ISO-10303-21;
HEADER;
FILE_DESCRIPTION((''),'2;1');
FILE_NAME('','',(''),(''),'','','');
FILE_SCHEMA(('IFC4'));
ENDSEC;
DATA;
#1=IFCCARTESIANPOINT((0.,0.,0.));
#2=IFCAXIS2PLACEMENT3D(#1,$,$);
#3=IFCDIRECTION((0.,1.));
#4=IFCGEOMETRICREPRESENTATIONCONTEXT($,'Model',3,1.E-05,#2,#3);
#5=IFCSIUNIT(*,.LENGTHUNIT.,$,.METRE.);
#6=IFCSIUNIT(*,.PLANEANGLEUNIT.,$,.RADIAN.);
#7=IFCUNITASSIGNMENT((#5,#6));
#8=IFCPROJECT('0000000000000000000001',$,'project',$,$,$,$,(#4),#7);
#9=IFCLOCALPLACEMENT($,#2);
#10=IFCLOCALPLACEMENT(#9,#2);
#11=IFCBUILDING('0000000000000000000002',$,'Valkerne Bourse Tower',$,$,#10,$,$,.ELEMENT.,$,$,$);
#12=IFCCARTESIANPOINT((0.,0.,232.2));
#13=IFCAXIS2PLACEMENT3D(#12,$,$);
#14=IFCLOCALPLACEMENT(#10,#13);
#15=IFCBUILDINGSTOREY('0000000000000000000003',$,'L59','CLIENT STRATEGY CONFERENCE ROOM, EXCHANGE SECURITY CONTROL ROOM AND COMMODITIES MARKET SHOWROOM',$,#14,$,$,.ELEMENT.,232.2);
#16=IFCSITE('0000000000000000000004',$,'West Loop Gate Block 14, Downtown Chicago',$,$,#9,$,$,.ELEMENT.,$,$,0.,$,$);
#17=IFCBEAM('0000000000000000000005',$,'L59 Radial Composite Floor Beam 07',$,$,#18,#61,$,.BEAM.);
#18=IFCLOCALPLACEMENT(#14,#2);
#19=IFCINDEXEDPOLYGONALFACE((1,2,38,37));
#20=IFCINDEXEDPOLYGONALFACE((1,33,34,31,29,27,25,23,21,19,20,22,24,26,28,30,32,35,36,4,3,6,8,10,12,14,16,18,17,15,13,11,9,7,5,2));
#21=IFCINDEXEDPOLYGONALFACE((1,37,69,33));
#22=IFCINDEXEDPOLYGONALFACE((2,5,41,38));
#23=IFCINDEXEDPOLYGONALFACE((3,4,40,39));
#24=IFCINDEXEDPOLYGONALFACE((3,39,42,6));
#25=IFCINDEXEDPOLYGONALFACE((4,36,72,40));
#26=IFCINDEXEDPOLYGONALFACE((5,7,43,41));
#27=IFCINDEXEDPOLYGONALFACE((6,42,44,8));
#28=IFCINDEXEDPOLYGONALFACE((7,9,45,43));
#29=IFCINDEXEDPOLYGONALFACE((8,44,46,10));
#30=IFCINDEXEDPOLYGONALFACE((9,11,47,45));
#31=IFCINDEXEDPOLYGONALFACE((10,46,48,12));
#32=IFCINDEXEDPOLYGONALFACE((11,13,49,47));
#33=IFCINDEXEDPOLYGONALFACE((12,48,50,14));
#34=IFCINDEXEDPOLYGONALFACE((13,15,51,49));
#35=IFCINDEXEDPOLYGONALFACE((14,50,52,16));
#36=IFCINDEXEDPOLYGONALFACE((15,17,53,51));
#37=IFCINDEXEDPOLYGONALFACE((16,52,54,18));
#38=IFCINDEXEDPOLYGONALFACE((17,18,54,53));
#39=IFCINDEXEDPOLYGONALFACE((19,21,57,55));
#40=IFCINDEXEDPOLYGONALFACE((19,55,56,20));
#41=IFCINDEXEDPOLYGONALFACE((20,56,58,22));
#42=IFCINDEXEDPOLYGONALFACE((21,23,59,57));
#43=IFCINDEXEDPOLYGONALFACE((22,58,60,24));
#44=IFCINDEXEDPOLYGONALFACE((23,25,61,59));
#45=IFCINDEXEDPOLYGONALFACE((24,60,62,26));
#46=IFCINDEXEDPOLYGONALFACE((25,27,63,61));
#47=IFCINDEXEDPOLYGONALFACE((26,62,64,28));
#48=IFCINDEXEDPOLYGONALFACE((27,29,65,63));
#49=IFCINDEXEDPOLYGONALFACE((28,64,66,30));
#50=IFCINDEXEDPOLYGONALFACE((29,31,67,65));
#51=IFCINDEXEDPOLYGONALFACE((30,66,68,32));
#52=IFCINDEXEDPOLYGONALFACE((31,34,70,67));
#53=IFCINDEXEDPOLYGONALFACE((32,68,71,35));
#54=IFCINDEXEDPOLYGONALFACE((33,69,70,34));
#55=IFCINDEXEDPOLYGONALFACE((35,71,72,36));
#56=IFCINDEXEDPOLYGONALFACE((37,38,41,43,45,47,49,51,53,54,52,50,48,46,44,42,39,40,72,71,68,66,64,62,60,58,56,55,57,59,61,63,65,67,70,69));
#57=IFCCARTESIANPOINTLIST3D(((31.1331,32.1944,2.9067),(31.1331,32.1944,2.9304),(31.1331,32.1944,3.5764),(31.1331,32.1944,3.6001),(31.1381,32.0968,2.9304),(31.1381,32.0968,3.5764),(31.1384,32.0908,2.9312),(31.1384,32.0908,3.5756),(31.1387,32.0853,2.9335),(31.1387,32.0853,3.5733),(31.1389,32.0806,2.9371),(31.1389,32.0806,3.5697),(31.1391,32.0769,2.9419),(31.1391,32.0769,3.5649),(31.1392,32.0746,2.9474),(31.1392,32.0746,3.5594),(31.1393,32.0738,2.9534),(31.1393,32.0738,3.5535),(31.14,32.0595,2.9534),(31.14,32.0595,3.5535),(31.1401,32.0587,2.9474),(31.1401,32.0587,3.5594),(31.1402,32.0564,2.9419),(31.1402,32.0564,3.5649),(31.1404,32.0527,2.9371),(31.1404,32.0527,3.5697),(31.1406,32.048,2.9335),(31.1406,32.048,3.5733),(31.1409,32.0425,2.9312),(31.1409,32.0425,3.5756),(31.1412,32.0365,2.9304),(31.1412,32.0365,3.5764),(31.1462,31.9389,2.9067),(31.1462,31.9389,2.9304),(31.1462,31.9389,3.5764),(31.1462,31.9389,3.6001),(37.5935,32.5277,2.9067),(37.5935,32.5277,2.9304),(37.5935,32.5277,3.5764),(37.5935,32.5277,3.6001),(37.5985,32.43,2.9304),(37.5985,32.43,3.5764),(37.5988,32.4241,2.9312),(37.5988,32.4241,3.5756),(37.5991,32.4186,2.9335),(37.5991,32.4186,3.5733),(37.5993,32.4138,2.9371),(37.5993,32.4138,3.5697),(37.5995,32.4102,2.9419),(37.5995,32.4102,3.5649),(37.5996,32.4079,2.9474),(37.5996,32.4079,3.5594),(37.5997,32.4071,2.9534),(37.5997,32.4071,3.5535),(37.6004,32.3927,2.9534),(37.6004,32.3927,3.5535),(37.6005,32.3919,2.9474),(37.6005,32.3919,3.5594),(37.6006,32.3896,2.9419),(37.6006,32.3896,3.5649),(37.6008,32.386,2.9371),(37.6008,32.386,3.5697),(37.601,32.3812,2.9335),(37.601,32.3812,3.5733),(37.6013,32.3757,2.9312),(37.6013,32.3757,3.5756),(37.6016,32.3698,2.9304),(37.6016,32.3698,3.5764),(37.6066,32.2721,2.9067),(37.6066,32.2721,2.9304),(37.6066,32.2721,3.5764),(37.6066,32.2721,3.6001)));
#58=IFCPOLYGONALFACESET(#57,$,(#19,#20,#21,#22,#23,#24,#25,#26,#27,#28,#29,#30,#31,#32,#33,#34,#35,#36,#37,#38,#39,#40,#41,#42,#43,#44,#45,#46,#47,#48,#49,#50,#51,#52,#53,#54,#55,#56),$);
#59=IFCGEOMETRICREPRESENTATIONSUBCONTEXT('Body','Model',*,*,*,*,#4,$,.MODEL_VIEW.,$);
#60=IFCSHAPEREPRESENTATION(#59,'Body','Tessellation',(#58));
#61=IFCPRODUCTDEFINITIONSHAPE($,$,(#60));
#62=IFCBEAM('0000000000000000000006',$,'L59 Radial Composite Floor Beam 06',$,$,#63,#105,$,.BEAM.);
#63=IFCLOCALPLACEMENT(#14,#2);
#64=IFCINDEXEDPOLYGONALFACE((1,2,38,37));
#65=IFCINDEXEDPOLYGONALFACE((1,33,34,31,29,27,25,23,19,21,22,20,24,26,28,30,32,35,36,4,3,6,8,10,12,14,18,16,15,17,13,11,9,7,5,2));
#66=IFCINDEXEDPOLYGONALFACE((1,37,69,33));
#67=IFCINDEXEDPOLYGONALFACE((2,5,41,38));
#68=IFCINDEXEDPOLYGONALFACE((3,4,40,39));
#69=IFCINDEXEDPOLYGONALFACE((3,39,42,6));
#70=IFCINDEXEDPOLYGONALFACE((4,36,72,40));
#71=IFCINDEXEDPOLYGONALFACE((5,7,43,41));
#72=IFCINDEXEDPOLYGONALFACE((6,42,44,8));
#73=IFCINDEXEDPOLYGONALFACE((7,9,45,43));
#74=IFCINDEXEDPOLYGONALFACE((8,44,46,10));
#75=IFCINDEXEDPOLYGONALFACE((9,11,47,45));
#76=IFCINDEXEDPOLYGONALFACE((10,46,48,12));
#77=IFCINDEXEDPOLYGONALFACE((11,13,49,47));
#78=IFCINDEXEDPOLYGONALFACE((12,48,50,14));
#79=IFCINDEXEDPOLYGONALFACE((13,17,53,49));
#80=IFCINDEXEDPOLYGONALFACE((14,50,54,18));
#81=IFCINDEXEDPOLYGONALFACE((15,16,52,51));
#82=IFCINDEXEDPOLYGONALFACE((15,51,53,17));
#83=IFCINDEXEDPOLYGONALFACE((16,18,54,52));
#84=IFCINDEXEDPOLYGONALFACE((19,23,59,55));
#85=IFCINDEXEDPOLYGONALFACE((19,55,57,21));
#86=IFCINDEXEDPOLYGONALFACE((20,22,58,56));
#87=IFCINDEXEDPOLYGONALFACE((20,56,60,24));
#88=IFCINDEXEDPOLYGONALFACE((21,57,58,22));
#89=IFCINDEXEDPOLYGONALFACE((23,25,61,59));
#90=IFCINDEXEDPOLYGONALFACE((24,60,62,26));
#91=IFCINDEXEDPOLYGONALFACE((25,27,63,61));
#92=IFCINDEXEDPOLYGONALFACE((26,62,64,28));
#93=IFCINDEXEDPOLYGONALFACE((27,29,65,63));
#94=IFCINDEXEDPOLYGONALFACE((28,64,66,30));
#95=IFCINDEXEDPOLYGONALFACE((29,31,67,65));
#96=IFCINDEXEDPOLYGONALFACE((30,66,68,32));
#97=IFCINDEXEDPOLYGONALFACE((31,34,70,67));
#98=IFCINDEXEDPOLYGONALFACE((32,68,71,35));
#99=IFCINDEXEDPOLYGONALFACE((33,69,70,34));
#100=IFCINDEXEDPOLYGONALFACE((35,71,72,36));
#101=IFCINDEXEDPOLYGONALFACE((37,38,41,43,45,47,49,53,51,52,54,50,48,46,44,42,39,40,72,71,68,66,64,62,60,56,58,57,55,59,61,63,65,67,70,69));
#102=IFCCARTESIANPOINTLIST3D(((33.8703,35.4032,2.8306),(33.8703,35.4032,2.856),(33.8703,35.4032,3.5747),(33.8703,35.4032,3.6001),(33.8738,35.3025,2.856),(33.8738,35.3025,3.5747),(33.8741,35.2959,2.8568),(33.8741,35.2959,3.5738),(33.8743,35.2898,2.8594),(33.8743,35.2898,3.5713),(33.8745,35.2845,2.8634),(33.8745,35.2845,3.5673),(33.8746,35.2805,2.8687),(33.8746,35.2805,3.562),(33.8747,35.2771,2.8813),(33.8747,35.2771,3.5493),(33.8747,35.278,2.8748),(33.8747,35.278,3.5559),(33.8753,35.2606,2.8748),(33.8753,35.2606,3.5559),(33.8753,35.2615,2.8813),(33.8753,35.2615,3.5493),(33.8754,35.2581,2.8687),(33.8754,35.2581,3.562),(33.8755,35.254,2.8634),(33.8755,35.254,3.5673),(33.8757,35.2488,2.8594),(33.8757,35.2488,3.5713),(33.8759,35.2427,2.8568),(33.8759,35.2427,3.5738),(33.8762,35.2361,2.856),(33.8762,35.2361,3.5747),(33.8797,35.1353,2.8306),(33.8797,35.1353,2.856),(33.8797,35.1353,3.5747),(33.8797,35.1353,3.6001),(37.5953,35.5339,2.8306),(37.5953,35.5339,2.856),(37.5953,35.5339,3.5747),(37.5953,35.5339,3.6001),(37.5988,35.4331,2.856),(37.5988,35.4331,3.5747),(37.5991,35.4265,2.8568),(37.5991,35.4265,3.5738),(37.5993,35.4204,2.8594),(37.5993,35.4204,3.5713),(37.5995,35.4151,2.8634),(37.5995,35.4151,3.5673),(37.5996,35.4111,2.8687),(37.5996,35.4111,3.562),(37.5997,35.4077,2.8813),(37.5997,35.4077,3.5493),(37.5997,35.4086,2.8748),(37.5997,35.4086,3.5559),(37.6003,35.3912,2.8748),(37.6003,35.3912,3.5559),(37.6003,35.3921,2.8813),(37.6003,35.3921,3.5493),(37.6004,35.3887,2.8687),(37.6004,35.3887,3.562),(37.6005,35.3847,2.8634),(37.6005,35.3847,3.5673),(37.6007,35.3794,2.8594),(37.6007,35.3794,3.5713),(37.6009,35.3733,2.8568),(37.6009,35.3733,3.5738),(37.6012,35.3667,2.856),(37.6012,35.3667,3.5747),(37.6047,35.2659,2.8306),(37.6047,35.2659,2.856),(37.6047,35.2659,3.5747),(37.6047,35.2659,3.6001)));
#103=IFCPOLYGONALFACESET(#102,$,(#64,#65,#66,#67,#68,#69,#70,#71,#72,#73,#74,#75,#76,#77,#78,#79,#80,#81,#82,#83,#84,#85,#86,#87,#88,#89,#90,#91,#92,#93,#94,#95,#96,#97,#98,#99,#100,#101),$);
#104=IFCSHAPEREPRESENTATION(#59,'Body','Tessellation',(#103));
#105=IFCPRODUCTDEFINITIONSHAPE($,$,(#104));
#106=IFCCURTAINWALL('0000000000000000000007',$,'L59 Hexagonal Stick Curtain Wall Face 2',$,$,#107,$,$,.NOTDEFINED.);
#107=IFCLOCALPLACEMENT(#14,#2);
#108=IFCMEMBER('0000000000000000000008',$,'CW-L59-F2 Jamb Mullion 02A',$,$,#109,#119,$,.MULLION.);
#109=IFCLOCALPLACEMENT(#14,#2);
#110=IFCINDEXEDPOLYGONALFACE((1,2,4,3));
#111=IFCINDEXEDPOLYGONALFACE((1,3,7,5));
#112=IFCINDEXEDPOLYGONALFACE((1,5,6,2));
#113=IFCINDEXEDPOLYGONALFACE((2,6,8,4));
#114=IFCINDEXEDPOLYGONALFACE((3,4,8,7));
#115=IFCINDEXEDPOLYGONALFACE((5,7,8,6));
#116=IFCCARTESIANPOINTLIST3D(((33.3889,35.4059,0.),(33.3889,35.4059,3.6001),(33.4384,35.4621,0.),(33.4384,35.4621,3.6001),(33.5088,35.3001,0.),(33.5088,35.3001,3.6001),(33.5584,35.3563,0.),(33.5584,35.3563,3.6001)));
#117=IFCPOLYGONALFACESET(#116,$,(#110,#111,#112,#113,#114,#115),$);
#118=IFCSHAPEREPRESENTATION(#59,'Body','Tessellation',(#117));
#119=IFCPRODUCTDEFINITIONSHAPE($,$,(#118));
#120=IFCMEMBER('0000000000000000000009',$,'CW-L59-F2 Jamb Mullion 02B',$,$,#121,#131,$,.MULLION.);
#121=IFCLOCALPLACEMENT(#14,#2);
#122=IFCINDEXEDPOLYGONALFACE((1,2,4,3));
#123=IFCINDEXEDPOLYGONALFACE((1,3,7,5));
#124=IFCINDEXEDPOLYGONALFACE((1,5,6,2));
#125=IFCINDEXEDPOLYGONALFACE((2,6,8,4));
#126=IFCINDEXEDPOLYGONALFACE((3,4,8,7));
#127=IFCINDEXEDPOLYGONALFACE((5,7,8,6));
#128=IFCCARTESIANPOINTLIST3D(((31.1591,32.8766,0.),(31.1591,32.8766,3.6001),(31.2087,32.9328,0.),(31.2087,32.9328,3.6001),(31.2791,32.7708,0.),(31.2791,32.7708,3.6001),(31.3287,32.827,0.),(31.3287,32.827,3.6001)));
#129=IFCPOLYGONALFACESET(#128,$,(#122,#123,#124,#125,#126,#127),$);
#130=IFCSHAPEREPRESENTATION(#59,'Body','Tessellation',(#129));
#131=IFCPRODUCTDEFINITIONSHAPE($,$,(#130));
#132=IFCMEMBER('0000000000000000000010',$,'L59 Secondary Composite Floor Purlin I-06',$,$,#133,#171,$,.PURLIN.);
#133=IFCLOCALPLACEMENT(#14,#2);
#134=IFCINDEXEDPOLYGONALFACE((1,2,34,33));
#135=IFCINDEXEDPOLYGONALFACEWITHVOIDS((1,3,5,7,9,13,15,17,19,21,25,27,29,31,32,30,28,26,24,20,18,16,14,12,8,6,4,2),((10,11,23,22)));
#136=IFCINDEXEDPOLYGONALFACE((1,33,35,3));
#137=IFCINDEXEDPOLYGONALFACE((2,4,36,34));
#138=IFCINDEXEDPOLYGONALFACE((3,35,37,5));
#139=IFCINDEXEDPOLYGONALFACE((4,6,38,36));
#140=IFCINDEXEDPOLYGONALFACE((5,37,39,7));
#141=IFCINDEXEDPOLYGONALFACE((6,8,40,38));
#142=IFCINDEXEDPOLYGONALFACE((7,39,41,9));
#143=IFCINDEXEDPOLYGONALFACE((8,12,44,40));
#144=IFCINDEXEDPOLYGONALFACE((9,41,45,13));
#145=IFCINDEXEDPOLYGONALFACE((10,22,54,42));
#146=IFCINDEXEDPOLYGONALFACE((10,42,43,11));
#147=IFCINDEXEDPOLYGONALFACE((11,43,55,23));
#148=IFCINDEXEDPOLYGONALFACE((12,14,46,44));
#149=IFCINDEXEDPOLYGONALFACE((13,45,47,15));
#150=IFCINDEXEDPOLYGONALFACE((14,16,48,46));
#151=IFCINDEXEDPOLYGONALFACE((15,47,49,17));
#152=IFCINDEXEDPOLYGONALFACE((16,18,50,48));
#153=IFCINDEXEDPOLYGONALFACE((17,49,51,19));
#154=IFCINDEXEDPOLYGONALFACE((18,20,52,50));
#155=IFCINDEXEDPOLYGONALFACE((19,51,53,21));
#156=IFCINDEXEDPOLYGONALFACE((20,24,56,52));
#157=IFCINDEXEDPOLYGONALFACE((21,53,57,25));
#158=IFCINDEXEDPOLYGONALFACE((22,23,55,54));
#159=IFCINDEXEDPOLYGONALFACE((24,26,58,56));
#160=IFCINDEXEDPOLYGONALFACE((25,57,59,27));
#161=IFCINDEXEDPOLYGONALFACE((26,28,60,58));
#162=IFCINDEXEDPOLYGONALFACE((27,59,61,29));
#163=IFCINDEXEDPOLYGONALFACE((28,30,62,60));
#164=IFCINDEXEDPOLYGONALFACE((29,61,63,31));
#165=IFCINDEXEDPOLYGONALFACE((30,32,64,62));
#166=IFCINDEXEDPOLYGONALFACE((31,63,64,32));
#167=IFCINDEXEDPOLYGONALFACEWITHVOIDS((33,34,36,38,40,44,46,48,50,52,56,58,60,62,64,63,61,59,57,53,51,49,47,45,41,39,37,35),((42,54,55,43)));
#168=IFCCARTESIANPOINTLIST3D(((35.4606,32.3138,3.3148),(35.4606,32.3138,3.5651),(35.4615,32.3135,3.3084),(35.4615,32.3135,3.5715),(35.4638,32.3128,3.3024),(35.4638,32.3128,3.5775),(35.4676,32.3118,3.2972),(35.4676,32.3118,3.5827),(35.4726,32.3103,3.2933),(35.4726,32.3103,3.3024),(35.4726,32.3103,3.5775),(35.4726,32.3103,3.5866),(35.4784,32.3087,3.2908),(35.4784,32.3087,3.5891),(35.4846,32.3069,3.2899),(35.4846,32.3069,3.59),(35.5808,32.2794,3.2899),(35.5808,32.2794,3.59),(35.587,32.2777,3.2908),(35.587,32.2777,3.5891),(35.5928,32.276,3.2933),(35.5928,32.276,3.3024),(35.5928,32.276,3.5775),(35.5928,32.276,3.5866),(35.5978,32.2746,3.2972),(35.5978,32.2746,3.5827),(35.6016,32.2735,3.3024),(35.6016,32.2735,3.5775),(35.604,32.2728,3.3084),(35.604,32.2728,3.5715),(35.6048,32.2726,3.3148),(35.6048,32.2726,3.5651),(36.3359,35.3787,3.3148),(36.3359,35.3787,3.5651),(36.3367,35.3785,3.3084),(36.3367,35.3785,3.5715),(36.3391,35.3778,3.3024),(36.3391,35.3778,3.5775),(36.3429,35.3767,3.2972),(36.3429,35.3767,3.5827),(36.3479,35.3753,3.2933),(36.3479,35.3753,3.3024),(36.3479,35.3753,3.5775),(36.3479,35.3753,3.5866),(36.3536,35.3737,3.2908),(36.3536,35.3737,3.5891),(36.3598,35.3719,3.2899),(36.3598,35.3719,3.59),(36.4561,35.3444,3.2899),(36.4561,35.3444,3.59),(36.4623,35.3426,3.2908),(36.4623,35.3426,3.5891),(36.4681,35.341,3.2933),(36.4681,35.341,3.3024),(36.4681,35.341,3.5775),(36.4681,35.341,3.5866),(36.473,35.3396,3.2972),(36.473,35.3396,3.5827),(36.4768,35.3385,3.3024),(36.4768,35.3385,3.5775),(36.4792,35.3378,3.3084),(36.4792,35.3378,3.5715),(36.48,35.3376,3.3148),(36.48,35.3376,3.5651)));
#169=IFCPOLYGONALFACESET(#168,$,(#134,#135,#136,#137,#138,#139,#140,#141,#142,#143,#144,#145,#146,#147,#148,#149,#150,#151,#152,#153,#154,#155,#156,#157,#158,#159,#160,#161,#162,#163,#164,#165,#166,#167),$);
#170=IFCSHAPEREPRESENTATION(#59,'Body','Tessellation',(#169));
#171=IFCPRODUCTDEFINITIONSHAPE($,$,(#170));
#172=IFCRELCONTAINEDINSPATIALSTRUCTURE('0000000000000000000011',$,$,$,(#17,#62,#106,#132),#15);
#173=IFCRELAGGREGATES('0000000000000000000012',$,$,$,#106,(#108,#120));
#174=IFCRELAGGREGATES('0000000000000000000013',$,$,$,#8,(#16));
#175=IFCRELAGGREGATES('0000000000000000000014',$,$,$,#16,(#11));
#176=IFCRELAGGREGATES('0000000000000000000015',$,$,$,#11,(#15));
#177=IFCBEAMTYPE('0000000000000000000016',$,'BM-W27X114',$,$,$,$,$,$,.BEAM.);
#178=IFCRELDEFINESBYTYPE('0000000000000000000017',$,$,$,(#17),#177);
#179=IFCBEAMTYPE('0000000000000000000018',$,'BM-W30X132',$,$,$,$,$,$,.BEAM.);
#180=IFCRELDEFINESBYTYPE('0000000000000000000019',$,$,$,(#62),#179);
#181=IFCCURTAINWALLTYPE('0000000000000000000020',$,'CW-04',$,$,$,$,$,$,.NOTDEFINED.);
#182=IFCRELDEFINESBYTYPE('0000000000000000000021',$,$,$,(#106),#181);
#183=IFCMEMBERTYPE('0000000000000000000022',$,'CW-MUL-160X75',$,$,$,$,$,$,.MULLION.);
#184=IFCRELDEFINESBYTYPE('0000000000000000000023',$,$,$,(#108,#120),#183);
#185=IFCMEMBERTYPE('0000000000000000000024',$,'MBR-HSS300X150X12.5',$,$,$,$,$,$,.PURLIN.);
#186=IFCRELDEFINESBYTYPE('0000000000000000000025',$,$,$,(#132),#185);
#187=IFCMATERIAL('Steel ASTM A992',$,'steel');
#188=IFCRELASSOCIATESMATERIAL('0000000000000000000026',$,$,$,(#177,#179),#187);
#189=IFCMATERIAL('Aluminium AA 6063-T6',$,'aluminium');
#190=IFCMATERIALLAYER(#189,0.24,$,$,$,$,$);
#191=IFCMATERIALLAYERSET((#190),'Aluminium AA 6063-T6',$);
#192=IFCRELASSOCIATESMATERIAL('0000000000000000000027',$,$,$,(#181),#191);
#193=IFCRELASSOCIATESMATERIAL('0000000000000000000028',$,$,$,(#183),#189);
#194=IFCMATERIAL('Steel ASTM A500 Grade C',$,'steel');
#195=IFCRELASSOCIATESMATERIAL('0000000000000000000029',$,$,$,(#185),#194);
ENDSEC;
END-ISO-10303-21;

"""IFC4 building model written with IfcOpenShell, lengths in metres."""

from ifc_helpers import new_model, si_unit, direction, frame, origin, origin_2d, place, context, subcontext, project, spatial, rectangle, hollow_rectangle, i_section, extrude, material, layer, layer_set, material_profile, profile_set, type_object, element, aggregate, save


model = new_model("IFC4")

# Units and contexts
model_context = context("Model", 3, precision=1e-05, world=origin(), true_north=direction((0.0, 1.0)))
body_context = subcontext(model_context, "Body", "Model", "MODEL_VIEW")
ifc_project = project(units=[si_unit("LENGTHUNIT", "METRE"), si_unit("PLANEANGLEUNIT", "RADIAN")], contexts=[model_context])

# Site, building, storey
site_placement = place(None, origin())
site = spatial("IfcSite", under=ifc_project, at=site_placement, Name="West Loop Gate Block 14, Downtown Chicago", CompositionType="ELEMENT", RefElevation=0.0)
building_placement = place(site_placement, origin())
building = spatial("IfcBuilding", under=site, at=building_placement, Name="Valkerne Bourse Tower", CompositionType="ELEMENT")
storey_placement = place(building_placement, frame((0.0, 0.0, 232.2)))
storey = spatial("IfcBuildingStorey", under=building, at=storey_placement, Name="L59", Description="CLIENT STRATEGY CONFERENCE ROOM, EXCHANGE SECURITY CONTROL ROOM AND COMMODITIES MARKET SHOWROOM", CompositionType="ELEMENT", Elevation=232.2)

# Beams
ifc_material_1 = material(Name="Steel ASTM A992", Category="steel")
ifc_material_profile_1 = material_profile(ifc_material_1, i_section(OverallWidth=0.2559, OverallDepth=0.6934, WebThickness=0.0144, FlangeThickness=0.0237, FilletRadius=0.0229, at=origin_2d()), Name="W27X114")
ifc_profile_set_1 = profile_set([ifc_material_profile_1], Name="Steel ASTM A992")
beam_type_1 = type_object("IfcBeamType", Name="BM-W27X114", PredefinedType="BEAM", material=ifc_profile_set_1)
beam_1_placement = place(storey_placement, frame((31.1396, 32.0667, 3.2534), z_axis=(0.998672, 0.051515, 0.0), x_axis=(-0.051515, 0.998672, 0.0)))
element("IfcBeam", 1, at=beam_1_placement, inside=storey, type_object=beam_type_1, Name="L59 Radial Composite Floor Beam 07", PredefinedType="BEAM", context=body_context, shape_type="SweptSolid", body=[
    extrude(i_section(OverallWidth=0.2559, OverallDepth=0.6934, WebThickness=0.0144, FlangeThickness=0.0237, FilletRadius=0.0229, at=origin_2d()), origin(), (0.0, 0.0, 1.0), 6.469),
])
ifc_material_profile_2 = material_profile(ifc_material_1, i_section(OverallWidth=0.2681, OverallDepth=0.7695, WebThickness=0.0156, FlangeThickness=0.0254, FilletRadius=0.0254, at=origin_2d()), Name="W30X132")
ifc_profile_set_2 = profile_set([ifc_material_profile_2], Name="Steel ASTM A992")
beam_type_2 = type_object("IfcBeamType", Name="BM-W30X132", PredefinedType="BEAM", material=ifc_profile_set_2)
beam_2_placement = place(storey_placement, frame((33.875, 35.2693, 3.2153), z_axis=(0.999386, 0.035042, 0.0), x_axis=(-0.035042, 0.999386, 0.0)))
element("IfcBeam", 2, at=beam_2_placement, inside=storey, type_object=beam_type_2, Name="L59 Radial Composite Floor Beam 06", PredefinedType="BEAM", context=body_context, shape_type="SweptSolid", body=[
    extrude(i_section(OverallWidth=0.2681, OverallDepth=0.7695, WebThickness=0.0156, FlangeThickness=0.0254, FilletRadius=0.0254, at=origin_2d()), origin(), (0.0, 0.0, 1.0), 3.7273),
])

# Curtain wall, members
ifc_material_2 = material(Name="Aluminium AA 6063-T6", Category="aluminium")
ifc_layer_1 = layer(ifc_material_2, 0.24)
ifc_layer_set_1 = layer_set([ifc_layer_1], Name="Aluminium AA 6063-T6")
curtain_wall_type = type_object("IfcCurtainWallType", Name="CW-04", PredefinedType="NOTDEFINED", material=ifc_layer_set_1)
curtain_wall_placement = place(storey_placement, origin())
curtain_wall = element("IfcCurtainWall", 3, at=curtain_wall_placement, inside=storey, type_object=curtain_wall_type, Name="L59 Hexagonal Stick Curtain Wall Face 2", PredefinedType="NOTDEFINED")
ifc_material_profile_3 = material_profile(ifc_material_2, rectangle(XDim=0.075, YDim=0.1599, at=origin_2d()), Name="CWM-75X160")
ifc_profile_set_3 = profile_set([ifc_material_profile_3], Name="Aluminium AA 6063-T6")
member_type_1 = type_object("IfcMemberType", Name="CW-MUL-160X75", PredefinedType="MULLION", material=ifc_profile_set_3)
member_1_placement = place(storey_placement, frame((33.4736, 35.3811, 0.0), z_axis=(0.0, 0.0, 1.0), x_axis=(-0.661302, -0.75012, 0.0)))
member_1 = element("IfcMember", 4, at=member_1_placement, type_object=member_type_1, Name="CW-L59-F2 Jamb Mullion 02A", PredefinedType="MULLION", context=body_context, shape_type="SweptSolid", body=[
    extrude(rectangle(XDim=0.075, YDim=0.1599, at=origin_2d()), origin(), (0.0, 0.0, 1.0), 3.6001),
])
member_2_placement = place(storey_placement, frame((31.2439, 32.8518, 0.0), z_axis=(0.0, 0.0, 1.0), x_axis=(-0.661302, -0.75012, 0.0)))
member_2 = element("IfcMember", 5, at=member_2_placement, type_object=member_type_1, Name="CW-L59-F2 Jamb Mullion 02B", PredefinedType="MULLION", context=body_context, shape_type="SweptSolid", body=[
    extrude(rectangle(XDim=0.075, YDim=0.1599, at=origin_2d()), origin(), (0.0, 0.0, 1.0), 3.6001),
])

# Member
ifc_material_3 = material(Name="Steel ASTM A500 Grade C", Category="steel")
ifc_material_profile_4 = material_profile(ifc_material_3, hollow_rectangle(XDim=0.1499, YDim=0.3, WallThickness=0.0125, OuterFilletRadius=0.0249, at=origin_2d()), Name="HSS300X150X12.5")
ifc_profile_set_4 = profile_set([ifc_material_profile_4], Name="Steel ASTM A500 Grade C")
member_type_2 = type_object("IfcMemberType", Name="MBR-HSS300X150X12.5", PredefinedType="PURLIN", material=ifc_profile_set_4)
member_3_placement = place(storey_placement, frame((36.408, 35.3582, 3.4399), z_axis=(-0.27459, -0.961562, 0.0), x_axis=(0.961562, -0.27459, 0.0)))
element("IfcMember", 6, at=member_3_placement, inside=storey, type_object=member_type_2, Name="L59 Secondary Composite Floor Purlin I-06", PredefinedType="PURLIN", context=body_context, shape_type="SweptSolid", body=[
    extrude(hollow_rectangle(XDim=0.1499, YDim=0.3, WallThickness=0.0125, OuterFilletRadius=0.0249, at=origin_2d()), origin(), (0.0, 0.0, 1.0), 3.1875),
])

aggregate(curtain_wall, [member_1, member_2])

save(model, "model.ifc")
